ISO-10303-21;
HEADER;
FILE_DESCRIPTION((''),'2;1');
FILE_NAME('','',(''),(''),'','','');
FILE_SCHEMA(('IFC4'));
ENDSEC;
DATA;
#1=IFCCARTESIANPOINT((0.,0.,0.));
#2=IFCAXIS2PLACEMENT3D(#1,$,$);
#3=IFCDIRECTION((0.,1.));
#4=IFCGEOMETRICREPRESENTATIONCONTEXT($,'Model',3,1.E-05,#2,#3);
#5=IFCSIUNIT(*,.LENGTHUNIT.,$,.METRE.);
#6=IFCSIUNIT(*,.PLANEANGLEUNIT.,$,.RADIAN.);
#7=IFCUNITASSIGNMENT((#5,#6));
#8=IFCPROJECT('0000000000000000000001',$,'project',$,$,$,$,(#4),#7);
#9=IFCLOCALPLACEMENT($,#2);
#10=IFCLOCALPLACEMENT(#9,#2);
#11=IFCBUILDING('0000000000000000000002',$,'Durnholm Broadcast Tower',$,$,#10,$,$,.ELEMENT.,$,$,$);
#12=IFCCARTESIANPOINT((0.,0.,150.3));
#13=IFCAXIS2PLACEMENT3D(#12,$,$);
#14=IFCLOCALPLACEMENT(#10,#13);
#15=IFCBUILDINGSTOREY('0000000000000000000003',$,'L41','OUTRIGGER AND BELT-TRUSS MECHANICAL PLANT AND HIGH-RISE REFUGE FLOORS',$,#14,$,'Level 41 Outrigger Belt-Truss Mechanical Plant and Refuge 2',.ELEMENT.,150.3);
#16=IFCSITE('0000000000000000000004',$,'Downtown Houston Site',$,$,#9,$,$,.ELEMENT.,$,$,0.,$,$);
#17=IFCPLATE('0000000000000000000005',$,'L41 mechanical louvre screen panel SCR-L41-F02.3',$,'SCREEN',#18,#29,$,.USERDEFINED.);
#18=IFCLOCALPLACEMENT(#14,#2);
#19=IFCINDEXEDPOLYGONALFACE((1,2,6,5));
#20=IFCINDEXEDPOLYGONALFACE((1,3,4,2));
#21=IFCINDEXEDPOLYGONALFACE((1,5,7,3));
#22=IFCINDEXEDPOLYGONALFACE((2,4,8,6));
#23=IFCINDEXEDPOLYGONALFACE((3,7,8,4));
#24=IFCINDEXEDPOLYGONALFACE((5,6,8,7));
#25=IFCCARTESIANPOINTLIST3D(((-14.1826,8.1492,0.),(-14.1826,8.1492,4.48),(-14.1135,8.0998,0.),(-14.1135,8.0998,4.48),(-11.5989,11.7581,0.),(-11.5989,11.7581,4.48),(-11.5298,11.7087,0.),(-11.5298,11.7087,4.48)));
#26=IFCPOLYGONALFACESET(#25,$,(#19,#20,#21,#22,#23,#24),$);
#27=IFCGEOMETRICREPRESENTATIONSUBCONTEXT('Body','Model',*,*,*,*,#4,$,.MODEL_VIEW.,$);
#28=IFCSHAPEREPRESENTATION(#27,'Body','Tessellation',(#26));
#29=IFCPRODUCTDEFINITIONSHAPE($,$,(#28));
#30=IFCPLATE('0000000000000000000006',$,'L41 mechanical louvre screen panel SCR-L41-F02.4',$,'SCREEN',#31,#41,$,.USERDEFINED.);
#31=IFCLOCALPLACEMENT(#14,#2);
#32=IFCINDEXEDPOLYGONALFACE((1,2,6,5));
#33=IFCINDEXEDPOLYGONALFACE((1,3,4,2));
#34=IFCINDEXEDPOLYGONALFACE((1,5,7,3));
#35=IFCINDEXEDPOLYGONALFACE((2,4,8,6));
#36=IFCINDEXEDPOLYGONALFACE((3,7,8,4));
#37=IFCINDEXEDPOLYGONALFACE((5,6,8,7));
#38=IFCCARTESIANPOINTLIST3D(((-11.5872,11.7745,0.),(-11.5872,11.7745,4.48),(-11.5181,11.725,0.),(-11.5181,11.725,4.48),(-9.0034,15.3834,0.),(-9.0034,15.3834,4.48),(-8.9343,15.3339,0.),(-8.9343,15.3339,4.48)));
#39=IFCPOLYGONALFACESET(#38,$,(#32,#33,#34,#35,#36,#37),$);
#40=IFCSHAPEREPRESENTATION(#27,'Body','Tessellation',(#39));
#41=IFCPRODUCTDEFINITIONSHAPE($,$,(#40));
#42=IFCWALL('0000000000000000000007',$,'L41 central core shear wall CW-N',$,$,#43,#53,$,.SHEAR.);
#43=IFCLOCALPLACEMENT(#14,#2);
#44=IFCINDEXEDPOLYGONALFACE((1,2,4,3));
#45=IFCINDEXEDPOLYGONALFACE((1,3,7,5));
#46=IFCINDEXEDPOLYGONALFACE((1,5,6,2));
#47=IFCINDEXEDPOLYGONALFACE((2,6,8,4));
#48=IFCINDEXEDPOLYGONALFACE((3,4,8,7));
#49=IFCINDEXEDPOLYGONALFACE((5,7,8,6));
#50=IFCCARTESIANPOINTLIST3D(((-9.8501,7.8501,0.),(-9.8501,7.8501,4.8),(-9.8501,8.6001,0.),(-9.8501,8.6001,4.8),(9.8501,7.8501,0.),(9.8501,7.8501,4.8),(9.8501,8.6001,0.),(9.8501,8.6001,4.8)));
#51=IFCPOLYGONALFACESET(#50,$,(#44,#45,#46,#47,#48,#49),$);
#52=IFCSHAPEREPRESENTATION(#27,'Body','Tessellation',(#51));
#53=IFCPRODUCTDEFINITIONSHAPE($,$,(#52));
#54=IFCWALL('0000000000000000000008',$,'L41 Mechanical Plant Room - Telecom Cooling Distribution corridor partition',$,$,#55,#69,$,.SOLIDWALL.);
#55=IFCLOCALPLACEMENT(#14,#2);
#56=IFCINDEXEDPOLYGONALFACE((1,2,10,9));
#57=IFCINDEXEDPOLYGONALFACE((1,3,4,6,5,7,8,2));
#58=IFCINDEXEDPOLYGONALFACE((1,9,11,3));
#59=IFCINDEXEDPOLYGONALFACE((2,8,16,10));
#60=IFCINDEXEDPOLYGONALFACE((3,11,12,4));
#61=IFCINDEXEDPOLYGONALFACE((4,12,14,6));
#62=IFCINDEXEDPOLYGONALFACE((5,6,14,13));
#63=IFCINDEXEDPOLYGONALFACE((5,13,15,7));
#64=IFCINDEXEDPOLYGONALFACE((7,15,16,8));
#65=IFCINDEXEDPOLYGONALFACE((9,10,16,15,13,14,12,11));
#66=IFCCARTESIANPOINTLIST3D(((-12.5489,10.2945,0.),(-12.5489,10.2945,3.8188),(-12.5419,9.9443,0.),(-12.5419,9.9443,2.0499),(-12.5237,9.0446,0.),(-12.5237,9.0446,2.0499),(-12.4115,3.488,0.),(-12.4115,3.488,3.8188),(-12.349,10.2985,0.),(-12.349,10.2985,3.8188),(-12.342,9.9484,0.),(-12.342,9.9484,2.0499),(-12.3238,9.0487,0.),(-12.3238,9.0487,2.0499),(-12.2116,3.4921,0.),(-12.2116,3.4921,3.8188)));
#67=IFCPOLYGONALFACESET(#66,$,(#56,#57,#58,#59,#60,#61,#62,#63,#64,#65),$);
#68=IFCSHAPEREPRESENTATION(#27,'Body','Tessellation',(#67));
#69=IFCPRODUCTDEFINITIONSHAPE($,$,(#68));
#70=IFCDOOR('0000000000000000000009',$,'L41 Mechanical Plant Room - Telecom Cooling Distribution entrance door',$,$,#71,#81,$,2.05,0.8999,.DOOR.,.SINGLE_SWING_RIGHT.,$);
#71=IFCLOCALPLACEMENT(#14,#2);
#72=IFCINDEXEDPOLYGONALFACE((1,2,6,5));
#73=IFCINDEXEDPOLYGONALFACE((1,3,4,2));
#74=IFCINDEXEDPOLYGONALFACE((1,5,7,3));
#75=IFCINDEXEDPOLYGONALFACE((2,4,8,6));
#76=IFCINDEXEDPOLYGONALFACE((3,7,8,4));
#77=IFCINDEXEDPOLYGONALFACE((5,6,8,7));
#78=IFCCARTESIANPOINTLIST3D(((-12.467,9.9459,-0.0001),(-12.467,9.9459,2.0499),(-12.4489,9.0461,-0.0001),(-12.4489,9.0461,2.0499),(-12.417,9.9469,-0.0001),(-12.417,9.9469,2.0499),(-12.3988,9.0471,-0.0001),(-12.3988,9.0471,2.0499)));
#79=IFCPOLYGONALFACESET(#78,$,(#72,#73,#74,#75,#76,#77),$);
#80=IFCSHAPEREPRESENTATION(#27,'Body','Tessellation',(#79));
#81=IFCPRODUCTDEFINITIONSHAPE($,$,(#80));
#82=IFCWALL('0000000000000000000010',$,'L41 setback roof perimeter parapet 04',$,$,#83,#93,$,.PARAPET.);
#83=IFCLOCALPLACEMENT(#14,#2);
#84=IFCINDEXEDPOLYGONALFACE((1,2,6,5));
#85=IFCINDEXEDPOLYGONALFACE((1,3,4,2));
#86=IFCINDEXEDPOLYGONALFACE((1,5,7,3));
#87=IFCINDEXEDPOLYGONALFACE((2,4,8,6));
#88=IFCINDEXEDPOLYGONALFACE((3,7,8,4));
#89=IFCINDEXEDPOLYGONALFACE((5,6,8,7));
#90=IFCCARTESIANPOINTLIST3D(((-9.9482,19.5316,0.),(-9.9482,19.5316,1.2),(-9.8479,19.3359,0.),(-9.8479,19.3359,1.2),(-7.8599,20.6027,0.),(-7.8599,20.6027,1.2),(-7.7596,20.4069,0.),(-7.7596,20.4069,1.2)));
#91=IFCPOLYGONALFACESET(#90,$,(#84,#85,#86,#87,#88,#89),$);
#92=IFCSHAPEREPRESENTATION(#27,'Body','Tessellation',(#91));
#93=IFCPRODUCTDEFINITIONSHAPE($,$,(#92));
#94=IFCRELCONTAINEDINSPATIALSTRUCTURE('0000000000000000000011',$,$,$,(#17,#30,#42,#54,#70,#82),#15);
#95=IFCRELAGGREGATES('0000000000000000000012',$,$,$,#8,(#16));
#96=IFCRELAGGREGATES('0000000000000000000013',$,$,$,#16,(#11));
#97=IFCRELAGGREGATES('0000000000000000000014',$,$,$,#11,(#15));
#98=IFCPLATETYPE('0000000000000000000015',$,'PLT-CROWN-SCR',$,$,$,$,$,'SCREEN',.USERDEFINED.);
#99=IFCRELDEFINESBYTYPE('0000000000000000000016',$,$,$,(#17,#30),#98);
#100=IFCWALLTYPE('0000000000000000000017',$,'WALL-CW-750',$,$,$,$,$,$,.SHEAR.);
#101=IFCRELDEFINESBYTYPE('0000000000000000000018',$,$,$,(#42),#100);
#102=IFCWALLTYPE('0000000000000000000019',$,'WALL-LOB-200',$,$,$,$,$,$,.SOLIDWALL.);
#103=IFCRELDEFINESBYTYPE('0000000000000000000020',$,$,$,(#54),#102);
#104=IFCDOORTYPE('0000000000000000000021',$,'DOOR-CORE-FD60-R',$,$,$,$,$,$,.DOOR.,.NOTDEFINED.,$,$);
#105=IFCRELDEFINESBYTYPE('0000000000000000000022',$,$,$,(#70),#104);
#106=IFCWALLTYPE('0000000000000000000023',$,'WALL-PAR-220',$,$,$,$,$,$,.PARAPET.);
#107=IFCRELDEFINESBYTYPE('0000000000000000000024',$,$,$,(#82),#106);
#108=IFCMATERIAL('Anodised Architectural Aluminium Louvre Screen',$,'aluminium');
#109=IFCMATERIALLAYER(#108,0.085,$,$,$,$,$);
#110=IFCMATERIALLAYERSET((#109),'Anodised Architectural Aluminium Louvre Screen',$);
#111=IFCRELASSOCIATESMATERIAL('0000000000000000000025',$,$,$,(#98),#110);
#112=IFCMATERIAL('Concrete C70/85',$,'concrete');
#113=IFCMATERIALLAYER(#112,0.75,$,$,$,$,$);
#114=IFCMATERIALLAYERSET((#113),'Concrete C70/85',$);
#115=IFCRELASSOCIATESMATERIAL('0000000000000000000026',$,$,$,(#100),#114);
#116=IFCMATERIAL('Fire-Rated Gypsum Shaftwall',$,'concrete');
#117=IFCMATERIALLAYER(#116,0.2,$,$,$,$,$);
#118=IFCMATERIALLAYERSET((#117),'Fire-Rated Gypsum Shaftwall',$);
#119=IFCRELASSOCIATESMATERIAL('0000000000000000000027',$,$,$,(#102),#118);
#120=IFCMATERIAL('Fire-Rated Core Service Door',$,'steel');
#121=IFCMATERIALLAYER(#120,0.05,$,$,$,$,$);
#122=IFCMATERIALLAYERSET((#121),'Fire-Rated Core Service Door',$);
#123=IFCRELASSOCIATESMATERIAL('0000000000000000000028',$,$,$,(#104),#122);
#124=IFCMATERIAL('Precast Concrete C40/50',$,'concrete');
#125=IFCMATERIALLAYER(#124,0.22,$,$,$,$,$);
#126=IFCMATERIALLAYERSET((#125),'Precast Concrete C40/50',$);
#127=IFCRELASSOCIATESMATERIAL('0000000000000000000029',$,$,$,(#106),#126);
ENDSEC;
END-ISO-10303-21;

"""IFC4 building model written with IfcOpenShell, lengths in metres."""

from ifc_helpers import new_model, si_unit, direction, frame, frame_2d, origin, origin_2d, place, context, subcontext, project, spatial, rectangle, extrude, source, transform, mapped, material, layer, layer_set, type_object, type_shapes, element, fill, save


model = new_model("IFC4")

# Units and contexts
model_context = context("Model", 3, precision=1e-05, world=origin(), true_north=direction((0.0, 1.0)))
body_context = subcontext(model_context, "Body", "Model", "MODEL_VIEW")
ifc_project = project(units=[si_unit("LENGTHUNIT", "METRE"), si_unit("PLANEANGLEUNIT", "RADIAN")], contexts=[model_context])

# Site, building, storey
site_placement = place(None, origin())
site = spatial("IfcSite", under=ifc_project, at=site_placement, Name="Downtown Houston Site", CompositionType="ELEMENT", RefElevation=0.0)
building_placement = place(site_placement, origin())
building = spatial("IfcBuilding", under=site, at=building_placement, Name="Durnholm Broadcast Tower", CompositionType="ELEMENT")
storey_placement = place(building_placement, frame((0.0, 0.0, 150.3)))
storey = spatial("IfcBuildingStorey", under=building, at=storey_placement, Name="L41", Description="OUTRIGGER AND BELT-TRUSS MECHANICAL PLANT AND HIGH-RISE REFUGE FLOORS", LongName="Level 41 Outrigger Belt-Truss Mechanical Plant and Refuge 2", CompositionType="ELEMENT", Elevation=150.3)

# Shared definitions
ifc_material_1 = material(Name="Concrete C70/85", Category="concrete")

# Plates
ifc_material_2 = material(Name="Anodised Architectural Aluminium Louvre Screen", Category="aluminium")
ifc_layer_1 = layer(ifc_material_2, 0.085)
ifc_layer_set_1 = layer_set([ifc_layer_1], Name="Anodised Architectural Aluminium Louvre Screen")
plate_type_1 = type_object("IfcPlateType", Name="PLT-CROWN-SCR", ElementType="SCREEN", PredefinedType="USERDEFINED", material=ifc_layer_set_1)
shared_shape_1 = source(origin(), body_context, "Body", "SweptSolid", [
    extrude(rectangle(XDim=4.4385, YDim=0.085, at=origin_2d()), origin(), (0.0, 0.0, 1.0), 4.48),
])
type_shapes(plate_type_1, [shared_shape_1])
for number, where, z_axis, x_axis, name in (
    (1, (-12.8562, 9.929, 0.0), (0.0, 0.0, 1.0), (0.582123, 0.813101, 0.0), "L41 mechanical louvre screen panel SCR-L41-F02.3"),
    (2, (-10.2607, 13.5542, 0.0), (0.0, 0.0, 1.0), (0.582123, 0.813101, 0.0), "L41 mechanical louvre screen panel SCR-L41-F02.4"),
):
    element("IfcPlate", number, at=place(storey_placement, frame(where, z_axis=z_axis, x_axis=x_axis)), inside=storey, type_object=plate_type_1, Name=name, ObjectType="SCREEN", PredefinedType="USERDEFINED", context=body_context, shape_type="MappedRepresentation", body=[
        mapped(shared_shape_1, transform((0.0, 0.0, 0.0), x_axis=(1.0, 0.0, 0.0), y_axis=(0.0, 1.0, 0.0), z_axis=(0.0, 0.0, 1.0), scale=1.0)),
    ])

# Wall
ifc_layer_2 = layer(ifc_material_1, 0.75)
ifc_layer_set_2 = layer_set([ifc_layer_2], Name="Concrete C70/85")
wall_type_1 = type_object("IfcWallType", Name="WALL-CW-750", PredefinedType="SHEAR", material=ifc_layer_set_2)
wall_1_placement = place(storey_placement, frame((-9.8501, 8.2251, 0.0), z_axis=(0.0, 0.0, 1.0), x_axis=(1.0, 0.0, 0.0)))
element("IfcWall", 3, at=wall_1_placement, inside=storey, type_object=wall_type_1, Name="L41 central core shear wall CW-N", PredefinedType="SHEAR", context=body_context, shape_type="SweptSolid", body=[
    extrude(rectangle(XDim=19.7002, YDim=0.75, at=frame_2d((9.8501, 0.0))), origin(), (0.0, 0.0, 1.0), 4.8),
])

# Wall, opening, door
ifc_material_3 = material(Name="Fire-Rated Gypsum Shaftwall", Category="concrete")
ifc_layer_3 = layer(ifc_material_3, 0.2)
ifc_layer_set_3 = layer_set([ifc_layer_3], Name="Fire-Rated Gypsum Shaftwall")
wall_type_2 = type_object("IfcWallType", Name="WALL-LOB-200", PredefinedType="SOLIDWALL", material=ifc_layer_set_3)
wall_2_placement = place(storey_placement, frame((-12.449, 10.2964, 0.0), z_axis=(0.0, 0.0, 1.0), x_axis=(0.02019, -0.999796, 0.0)))
wall_2 = element("IfcWall", 4, at=wall_2_placement, inside=storey, type_object=wall_type_2, Name="L41 Mechanical Plant Room - Telecom Cooling Distribution corridor partition", PredefinedType="SOLIDWALL", context=body_context, shape_type="SweptSolid", body=[
    extrude(rectangle(XDim=6.8079, YDim=0.2, at=frame_2d((3.4038, 0.0))), origin(), (0.0, 0.0, 1.0), 3.8188),
])
opening_placement = place(wall_2_placement, frame((0.3501, 0.0, 0.0)))
opening = element("IfcOpeningElement", 5, at=opening_placement, cuts=wall_2, PredefinedType="OPENING", context=body_context, shape_type="SweptSolid", body=[
    extrude(rectangle(XDim=0.8999, YDim=2.05, at=frame_2d((0.45, 1.0249))), frame((0.0, 0.1099, 0.0), z_axis=(0.0, -1.0, 0.0), x_axis=(1.0, 0.0, 0.0)), (0.0, 0.0, 1.0), 0.22),
])
ifc_material_4 = material(Name="Fire-Rated Core Service Door", Category="steel")
ifc_layer_4 = layer(ifc_material_4, 0.05)
ifc_layer_set_4 = layer_set([ifc_layer_4], Name="Fire-Rated Core Service Door")
door_type = type_object("IfcDoorType", Name="DOOR-CORE-FD60-R", OperationType="NOTDEFINED", PredefinedType="DOOR", material=ifc_layer_set_4)
shared_shape_2 = source(origin(), body_context, "Body", "SweptSolid", [
    extrude(rectangle(XDim=0.8999, YDim=2.05, at=frame_2d((0.45, 1.0249))), frame((0.0, 0.0249, 0.0), z_axis=(0.0, -1.0, 0.0), x_axis=(1.0, 0.0, 0.0)), (0.0, 0.0, 1.0), 0.05),
])
type_shapes(door_type, [shared_shape_2])
door_placement = place(opening_placement, origin())
door = element("IfcDoor", 6, at=door_placement, inside=storey, type_object=door_type, Name="L41 Mechanical Plant Room - Telecom Cooling Distribution entrance door", OperationType="SINGLE_SWING_RIGHT", OverallHeight=2.05, OverallWidth=0.8999, PredefinedType="DOOR", context=body_context, shape_type="MappedRepresentation", body=[
    mapped(shared_shape_2, transform((0.0, 0.0, 0.0), x_axis=(1.0, 0.0, 0.0), y_axis=(0.0, 1.0, 0.0), z_axis=(0.0, 0.0, 1.0), scale=1.0)),
])
fill(opening, door)

# Wall
ifc_material_5 = material(Name="Precast Concrete C40/50", Category="concrete")
ifc_layer_5 = layer(ifc_material_5, 0.22)
ifc_layer_set_5 = layer_set([ifc_layer_5], Name="Precast Concrete C40/50")
wall_type_3 = type_object("IfcWallType", Name="WALL-PAR-220", PredefinedType="PARAPET", material=ifc_layer_set_5)
wall_3_placement = place(storey_placement, frame((-9.8979, 19.4338, 0.0), z_axis=(0.0, 0.0, 1.0), x_axis=(0.889803, 0.456344, 0.0)))
element("IfcWall", 7, at=wall_3_placement, inside=storey, type_object=wall_type_3, Name="L41 setback roof perimeter parapet 04", PredefinedType="PARAPET", context=body_context, shape_type="SweptSolid", body=[
    extrude(rectangle(XDim=2.3469, YDim=0.22, at=frame_2d((1.1733, 0.0))), origin(), (0.0, 0.0, 1.0), 1.2),
])

save(model, "model.ifc")
